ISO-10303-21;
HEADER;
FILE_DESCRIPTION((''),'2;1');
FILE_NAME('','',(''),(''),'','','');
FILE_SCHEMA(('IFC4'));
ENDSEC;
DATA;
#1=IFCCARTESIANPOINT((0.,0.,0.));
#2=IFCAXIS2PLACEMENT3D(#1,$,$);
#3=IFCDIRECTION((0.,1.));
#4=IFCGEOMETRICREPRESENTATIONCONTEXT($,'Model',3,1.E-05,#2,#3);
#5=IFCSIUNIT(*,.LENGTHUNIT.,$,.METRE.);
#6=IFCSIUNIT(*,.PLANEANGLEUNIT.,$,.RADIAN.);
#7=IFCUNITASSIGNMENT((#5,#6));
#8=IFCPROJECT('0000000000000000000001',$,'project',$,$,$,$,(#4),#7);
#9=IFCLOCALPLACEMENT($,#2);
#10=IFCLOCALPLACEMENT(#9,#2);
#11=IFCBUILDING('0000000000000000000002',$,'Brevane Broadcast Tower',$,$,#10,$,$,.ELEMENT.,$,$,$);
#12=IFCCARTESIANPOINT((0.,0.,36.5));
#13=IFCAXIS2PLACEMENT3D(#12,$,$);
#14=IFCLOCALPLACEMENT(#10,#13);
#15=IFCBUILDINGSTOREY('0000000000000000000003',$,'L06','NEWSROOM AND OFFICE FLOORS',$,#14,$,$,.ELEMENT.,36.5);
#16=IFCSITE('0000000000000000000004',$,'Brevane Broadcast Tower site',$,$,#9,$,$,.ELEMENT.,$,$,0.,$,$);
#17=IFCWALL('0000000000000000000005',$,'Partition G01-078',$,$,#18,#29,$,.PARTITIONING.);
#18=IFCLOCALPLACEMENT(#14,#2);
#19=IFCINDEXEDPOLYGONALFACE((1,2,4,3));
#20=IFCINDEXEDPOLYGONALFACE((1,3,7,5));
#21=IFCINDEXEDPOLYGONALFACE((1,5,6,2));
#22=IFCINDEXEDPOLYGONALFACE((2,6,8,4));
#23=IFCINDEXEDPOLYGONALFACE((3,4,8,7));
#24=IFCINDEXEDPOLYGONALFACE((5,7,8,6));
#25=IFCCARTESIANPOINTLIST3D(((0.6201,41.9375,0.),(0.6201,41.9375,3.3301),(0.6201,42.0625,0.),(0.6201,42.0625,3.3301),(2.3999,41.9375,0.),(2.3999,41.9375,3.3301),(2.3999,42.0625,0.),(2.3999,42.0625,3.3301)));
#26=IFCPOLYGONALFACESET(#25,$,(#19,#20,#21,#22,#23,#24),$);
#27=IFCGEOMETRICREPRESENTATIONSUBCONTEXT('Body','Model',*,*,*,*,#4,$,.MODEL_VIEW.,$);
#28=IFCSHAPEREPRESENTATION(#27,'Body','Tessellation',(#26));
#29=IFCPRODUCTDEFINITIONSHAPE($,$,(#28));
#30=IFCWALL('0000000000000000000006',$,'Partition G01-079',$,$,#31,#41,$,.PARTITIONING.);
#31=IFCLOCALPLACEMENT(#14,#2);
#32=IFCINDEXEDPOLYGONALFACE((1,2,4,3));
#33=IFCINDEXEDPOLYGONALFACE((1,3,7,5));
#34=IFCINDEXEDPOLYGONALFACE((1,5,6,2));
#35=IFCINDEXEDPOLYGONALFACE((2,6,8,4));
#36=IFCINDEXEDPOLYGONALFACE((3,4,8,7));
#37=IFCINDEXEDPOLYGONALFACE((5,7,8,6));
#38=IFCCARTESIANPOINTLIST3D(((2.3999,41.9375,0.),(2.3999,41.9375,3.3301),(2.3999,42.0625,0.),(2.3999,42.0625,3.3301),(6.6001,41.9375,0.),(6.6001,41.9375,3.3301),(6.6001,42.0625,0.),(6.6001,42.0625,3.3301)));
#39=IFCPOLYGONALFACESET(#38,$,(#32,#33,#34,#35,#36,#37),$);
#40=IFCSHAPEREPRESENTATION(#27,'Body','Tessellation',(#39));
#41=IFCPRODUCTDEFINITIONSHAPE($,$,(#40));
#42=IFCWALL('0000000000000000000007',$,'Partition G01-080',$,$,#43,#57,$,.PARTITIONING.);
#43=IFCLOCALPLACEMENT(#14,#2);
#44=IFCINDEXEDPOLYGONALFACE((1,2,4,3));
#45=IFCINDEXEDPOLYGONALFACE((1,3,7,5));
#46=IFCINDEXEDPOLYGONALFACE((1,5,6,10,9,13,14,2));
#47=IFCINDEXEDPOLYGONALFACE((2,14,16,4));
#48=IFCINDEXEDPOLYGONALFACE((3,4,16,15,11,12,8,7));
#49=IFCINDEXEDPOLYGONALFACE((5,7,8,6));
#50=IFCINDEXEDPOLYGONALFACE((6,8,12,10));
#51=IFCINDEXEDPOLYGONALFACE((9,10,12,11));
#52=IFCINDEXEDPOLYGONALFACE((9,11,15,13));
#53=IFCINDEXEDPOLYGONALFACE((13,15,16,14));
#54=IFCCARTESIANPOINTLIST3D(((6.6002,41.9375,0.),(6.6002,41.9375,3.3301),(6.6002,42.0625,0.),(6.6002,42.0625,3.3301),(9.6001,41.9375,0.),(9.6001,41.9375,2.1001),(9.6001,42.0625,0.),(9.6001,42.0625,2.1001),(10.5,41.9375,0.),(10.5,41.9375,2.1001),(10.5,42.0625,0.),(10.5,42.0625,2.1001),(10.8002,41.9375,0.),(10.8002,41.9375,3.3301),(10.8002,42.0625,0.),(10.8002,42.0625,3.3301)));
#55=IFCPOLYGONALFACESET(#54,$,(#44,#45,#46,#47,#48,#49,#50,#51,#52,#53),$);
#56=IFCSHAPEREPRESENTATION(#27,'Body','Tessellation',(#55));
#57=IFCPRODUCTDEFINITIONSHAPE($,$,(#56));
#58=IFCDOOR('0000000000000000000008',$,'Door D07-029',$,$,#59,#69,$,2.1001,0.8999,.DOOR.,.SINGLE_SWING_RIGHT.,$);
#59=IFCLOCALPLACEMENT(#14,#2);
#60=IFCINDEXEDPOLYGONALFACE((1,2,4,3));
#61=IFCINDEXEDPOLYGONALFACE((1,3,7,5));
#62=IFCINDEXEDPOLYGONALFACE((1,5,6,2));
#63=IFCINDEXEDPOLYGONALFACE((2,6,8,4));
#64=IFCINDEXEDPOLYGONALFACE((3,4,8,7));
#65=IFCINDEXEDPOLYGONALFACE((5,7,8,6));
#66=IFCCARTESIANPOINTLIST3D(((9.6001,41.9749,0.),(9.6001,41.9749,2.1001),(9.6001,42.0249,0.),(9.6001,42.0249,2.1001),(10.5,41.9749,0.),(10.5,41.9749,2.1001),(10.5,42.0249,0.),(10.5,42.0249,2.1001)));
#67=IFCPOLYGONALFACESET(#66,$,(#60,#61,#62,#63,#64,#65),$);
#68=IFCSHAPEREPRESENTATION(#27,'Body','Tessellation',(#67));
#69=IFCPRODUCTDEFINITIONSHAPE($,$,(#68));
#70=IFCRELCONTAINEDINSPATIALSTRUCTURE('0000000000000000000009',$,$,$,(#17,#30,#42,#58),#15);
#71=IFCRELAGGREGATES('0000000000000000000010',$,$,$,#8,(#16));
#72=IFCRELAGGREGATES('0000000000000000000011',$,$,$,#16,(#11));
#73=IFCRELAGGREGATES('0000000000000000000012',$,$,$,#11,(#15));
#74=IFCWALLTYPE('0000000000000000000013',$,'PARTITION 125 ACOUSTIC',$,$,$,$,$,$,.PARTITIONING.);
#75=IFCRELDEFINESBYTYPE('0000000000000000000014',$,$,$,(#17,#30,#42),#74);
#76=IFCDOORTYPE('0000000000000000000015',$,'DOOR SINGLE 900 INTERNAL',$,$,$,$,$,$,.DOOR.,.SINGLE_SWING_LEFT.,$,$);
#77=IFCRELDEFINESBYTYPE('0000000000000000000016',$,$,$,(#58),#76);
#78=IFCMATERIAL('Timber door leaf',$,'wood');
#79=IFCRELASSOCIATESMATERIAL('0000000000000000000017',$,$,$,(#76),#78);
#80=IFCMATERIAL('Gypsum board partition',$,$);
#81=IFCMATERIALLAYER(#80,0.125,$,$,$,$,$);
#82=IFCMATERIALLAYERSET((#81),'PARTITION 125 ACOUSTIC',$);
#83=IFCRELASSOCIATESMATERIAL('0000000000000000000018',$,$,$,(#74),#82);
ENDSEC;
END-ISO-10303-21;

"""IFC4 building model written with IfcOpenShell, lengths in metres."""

from ifc_helpers import new_model, si_unit, direction, frame, frame_2d, origin, place, context, subcontext, project, spatial, rectangle, extrude, material, layer, layer_set, type_object, element, fill, save


model = new_model("IFC4")

# Units and contexts
model_context = context("Model", 3, precision=1e-05, world=origin(), true_north=direction((0.0, 1.0)))
body_context = subcontext(model_context, "Body", "Model", "MODEL_VIEW")
ifc_project = project(units=[si_unit("LENGTHUNIT", "METRE"), si_unit("PLANEANGLEUNIT", "RADIAN")], contexts=[model_context])

# Site, building, storey
site_placement = place(None, origin())
site = spatial("IfcSite", under=ifc_project, at=site_placement, Name="Brevane Broadcast Tower site", CompositionType="ELEMENT", RefElevation=0.0)
building_placement = place(site_placement, origin())
building = spatial("IfcBuilding", under=site, at=building_placement, Name="Brevane Broadcast Tower", CompositionType="ELEMENT")
storey_placement = place(building_placement, frame((0.0, 0.0, 36.5)))
storey = spatial("IfcBuildingStorey", under=building, at=storey_placement, Name="L06", Description="NEWSROOM AND OFFICE FLOORS", CompositionType="ELEMENT", Elevation=36.5)

# Shared definitions
ifc_material_1 = material(Name="Gypsum board partition")
ifc_material_2 = material(Name="Timber door leaf", Category="wood")
door_type = type_object("IfcDoorType", Name="DOOR SINGLE 900 INTERNAL", OperationType="SINGLE_SWING_LEFT", PredefinedType="DOOR", material=ifc_material_2)

# Walls
ifc_layer_1 = layer(ifc_material_1, 0.125)
ifc_layer_set_1 = layer_set([ifc_layer_1], Name="PARTITION 125 ACOUSTIC")
wall_type_1 = type_object("IfcWallType", Name="PARTITION 125 ACOUSTIC", PredefinedType="PARTITIONING", material=ifc_layer_set_1)
wall_1_placement = place(storey_placement, frame((0.6201, 42.0, 0.0), z_axis=(0.0, 0.0, 1.0), x_axis=(1.0, 0.0, 0.0)))
element("IfcWall", 1, at=wall_1_placement, inside=storey, type_object=wall_type_1, Name="Partition G01-078", PredefinedType="PARTITIONING", context=body_context, shape_type="SweptSolid", body=[
    extrude(rectangle(XDim=1.7798, YDim=0.125, at=frame_2d((0.8899, 0.0))), origin(), (0.0, 0.0, 1.0), 3.3301),
])
wall_2_placement = place(storey_placement, frame((2.3999, 42.0, 0.0), z_axis=(0.0, 0.0, 1.0), x_axis=(1.0, 0.0, 0.0)))
element("IfcWall", 2, at=wall_2_placement, inside=storey, type_object=wall_type_1, Name="Partition G01-079", PredefinedType="PARTITIONING", context=body_context, shape_type="SweptSolid", body=[
    extrude(rectangle(XDim=4.2002, YDim=0.125, at=frame_2d((2.1001, 0.0))), origin(), (0.0, 0.0, 1.0), 3.3301),
])

# Wall, opening, door
wall_3_placement = place(storey_placement, frame((6.6001, 42.0, 0.0), z_axis=(0.0, 0.0, 1.0), x_axis=(1.0, 0.0, 0.0)))
wall_3 = element("IfcWall", 3, at=wall_3_placement, inside=storey, type_object=wall_type_1, Name="Partition G01-080", PredefinedType="PARTITIONING", context=body_context, shape_type="SweptSolid", body=[
    extrude(rectangle(XDim=4.2, YDim=0.125, at=frame_2d((2.1001, 0.0))), origin(), (0.0, 0.0, 1.0), 3.3301),
])
opening_1_placement = place(wall_3_placement, frame((3.0, 0.0, 0.0)))
opening_1 = element("IfcOpeningElement", 4, at=opening_1_placement, cuts=wall_3, PredefinedType="OPENING", context=body_context, shape_type="SweptSolid", body=[
    extrude(rectangle(XDim=0.8999, YDim=2.1001, at=frame_2d((0.45, 1.05))), frame((0.0, 0.0725, 0.0), z_axis=(0.0, -1.0, 0.0), x_axis=(1.0, 0.0, 0.0)), (0.0, 0.0, 1.0), 0.145),
])
door_1_placement = place(opening_1_placement, origin())
door_1 = element("IfcDoor", 5, at=door_1_placement, inside=storey, type_object=door_type, Name="Door D07-029", OperationType="SINGLE_SWING_RIGHT", OverallHeight=2.1001, OverallWidth=0.8999, PredefinedType="DOOR", context=body_context, shape_type="SweptSolid", body=[
    extrude(rectangle(XDim=0.8999, YDim=2.1001, at=frame_2d((0.45, 1.05))), frame((0.0, 0.0249, 0.0), z_axis=(0.0, -1.0, 0.0), x_axis=(1.0, 0.0, 0.0)), (0.0, 0.0, 1.0), 0.05),
])
fill(opening_1, door_1)

save(model, "model.ifc")
